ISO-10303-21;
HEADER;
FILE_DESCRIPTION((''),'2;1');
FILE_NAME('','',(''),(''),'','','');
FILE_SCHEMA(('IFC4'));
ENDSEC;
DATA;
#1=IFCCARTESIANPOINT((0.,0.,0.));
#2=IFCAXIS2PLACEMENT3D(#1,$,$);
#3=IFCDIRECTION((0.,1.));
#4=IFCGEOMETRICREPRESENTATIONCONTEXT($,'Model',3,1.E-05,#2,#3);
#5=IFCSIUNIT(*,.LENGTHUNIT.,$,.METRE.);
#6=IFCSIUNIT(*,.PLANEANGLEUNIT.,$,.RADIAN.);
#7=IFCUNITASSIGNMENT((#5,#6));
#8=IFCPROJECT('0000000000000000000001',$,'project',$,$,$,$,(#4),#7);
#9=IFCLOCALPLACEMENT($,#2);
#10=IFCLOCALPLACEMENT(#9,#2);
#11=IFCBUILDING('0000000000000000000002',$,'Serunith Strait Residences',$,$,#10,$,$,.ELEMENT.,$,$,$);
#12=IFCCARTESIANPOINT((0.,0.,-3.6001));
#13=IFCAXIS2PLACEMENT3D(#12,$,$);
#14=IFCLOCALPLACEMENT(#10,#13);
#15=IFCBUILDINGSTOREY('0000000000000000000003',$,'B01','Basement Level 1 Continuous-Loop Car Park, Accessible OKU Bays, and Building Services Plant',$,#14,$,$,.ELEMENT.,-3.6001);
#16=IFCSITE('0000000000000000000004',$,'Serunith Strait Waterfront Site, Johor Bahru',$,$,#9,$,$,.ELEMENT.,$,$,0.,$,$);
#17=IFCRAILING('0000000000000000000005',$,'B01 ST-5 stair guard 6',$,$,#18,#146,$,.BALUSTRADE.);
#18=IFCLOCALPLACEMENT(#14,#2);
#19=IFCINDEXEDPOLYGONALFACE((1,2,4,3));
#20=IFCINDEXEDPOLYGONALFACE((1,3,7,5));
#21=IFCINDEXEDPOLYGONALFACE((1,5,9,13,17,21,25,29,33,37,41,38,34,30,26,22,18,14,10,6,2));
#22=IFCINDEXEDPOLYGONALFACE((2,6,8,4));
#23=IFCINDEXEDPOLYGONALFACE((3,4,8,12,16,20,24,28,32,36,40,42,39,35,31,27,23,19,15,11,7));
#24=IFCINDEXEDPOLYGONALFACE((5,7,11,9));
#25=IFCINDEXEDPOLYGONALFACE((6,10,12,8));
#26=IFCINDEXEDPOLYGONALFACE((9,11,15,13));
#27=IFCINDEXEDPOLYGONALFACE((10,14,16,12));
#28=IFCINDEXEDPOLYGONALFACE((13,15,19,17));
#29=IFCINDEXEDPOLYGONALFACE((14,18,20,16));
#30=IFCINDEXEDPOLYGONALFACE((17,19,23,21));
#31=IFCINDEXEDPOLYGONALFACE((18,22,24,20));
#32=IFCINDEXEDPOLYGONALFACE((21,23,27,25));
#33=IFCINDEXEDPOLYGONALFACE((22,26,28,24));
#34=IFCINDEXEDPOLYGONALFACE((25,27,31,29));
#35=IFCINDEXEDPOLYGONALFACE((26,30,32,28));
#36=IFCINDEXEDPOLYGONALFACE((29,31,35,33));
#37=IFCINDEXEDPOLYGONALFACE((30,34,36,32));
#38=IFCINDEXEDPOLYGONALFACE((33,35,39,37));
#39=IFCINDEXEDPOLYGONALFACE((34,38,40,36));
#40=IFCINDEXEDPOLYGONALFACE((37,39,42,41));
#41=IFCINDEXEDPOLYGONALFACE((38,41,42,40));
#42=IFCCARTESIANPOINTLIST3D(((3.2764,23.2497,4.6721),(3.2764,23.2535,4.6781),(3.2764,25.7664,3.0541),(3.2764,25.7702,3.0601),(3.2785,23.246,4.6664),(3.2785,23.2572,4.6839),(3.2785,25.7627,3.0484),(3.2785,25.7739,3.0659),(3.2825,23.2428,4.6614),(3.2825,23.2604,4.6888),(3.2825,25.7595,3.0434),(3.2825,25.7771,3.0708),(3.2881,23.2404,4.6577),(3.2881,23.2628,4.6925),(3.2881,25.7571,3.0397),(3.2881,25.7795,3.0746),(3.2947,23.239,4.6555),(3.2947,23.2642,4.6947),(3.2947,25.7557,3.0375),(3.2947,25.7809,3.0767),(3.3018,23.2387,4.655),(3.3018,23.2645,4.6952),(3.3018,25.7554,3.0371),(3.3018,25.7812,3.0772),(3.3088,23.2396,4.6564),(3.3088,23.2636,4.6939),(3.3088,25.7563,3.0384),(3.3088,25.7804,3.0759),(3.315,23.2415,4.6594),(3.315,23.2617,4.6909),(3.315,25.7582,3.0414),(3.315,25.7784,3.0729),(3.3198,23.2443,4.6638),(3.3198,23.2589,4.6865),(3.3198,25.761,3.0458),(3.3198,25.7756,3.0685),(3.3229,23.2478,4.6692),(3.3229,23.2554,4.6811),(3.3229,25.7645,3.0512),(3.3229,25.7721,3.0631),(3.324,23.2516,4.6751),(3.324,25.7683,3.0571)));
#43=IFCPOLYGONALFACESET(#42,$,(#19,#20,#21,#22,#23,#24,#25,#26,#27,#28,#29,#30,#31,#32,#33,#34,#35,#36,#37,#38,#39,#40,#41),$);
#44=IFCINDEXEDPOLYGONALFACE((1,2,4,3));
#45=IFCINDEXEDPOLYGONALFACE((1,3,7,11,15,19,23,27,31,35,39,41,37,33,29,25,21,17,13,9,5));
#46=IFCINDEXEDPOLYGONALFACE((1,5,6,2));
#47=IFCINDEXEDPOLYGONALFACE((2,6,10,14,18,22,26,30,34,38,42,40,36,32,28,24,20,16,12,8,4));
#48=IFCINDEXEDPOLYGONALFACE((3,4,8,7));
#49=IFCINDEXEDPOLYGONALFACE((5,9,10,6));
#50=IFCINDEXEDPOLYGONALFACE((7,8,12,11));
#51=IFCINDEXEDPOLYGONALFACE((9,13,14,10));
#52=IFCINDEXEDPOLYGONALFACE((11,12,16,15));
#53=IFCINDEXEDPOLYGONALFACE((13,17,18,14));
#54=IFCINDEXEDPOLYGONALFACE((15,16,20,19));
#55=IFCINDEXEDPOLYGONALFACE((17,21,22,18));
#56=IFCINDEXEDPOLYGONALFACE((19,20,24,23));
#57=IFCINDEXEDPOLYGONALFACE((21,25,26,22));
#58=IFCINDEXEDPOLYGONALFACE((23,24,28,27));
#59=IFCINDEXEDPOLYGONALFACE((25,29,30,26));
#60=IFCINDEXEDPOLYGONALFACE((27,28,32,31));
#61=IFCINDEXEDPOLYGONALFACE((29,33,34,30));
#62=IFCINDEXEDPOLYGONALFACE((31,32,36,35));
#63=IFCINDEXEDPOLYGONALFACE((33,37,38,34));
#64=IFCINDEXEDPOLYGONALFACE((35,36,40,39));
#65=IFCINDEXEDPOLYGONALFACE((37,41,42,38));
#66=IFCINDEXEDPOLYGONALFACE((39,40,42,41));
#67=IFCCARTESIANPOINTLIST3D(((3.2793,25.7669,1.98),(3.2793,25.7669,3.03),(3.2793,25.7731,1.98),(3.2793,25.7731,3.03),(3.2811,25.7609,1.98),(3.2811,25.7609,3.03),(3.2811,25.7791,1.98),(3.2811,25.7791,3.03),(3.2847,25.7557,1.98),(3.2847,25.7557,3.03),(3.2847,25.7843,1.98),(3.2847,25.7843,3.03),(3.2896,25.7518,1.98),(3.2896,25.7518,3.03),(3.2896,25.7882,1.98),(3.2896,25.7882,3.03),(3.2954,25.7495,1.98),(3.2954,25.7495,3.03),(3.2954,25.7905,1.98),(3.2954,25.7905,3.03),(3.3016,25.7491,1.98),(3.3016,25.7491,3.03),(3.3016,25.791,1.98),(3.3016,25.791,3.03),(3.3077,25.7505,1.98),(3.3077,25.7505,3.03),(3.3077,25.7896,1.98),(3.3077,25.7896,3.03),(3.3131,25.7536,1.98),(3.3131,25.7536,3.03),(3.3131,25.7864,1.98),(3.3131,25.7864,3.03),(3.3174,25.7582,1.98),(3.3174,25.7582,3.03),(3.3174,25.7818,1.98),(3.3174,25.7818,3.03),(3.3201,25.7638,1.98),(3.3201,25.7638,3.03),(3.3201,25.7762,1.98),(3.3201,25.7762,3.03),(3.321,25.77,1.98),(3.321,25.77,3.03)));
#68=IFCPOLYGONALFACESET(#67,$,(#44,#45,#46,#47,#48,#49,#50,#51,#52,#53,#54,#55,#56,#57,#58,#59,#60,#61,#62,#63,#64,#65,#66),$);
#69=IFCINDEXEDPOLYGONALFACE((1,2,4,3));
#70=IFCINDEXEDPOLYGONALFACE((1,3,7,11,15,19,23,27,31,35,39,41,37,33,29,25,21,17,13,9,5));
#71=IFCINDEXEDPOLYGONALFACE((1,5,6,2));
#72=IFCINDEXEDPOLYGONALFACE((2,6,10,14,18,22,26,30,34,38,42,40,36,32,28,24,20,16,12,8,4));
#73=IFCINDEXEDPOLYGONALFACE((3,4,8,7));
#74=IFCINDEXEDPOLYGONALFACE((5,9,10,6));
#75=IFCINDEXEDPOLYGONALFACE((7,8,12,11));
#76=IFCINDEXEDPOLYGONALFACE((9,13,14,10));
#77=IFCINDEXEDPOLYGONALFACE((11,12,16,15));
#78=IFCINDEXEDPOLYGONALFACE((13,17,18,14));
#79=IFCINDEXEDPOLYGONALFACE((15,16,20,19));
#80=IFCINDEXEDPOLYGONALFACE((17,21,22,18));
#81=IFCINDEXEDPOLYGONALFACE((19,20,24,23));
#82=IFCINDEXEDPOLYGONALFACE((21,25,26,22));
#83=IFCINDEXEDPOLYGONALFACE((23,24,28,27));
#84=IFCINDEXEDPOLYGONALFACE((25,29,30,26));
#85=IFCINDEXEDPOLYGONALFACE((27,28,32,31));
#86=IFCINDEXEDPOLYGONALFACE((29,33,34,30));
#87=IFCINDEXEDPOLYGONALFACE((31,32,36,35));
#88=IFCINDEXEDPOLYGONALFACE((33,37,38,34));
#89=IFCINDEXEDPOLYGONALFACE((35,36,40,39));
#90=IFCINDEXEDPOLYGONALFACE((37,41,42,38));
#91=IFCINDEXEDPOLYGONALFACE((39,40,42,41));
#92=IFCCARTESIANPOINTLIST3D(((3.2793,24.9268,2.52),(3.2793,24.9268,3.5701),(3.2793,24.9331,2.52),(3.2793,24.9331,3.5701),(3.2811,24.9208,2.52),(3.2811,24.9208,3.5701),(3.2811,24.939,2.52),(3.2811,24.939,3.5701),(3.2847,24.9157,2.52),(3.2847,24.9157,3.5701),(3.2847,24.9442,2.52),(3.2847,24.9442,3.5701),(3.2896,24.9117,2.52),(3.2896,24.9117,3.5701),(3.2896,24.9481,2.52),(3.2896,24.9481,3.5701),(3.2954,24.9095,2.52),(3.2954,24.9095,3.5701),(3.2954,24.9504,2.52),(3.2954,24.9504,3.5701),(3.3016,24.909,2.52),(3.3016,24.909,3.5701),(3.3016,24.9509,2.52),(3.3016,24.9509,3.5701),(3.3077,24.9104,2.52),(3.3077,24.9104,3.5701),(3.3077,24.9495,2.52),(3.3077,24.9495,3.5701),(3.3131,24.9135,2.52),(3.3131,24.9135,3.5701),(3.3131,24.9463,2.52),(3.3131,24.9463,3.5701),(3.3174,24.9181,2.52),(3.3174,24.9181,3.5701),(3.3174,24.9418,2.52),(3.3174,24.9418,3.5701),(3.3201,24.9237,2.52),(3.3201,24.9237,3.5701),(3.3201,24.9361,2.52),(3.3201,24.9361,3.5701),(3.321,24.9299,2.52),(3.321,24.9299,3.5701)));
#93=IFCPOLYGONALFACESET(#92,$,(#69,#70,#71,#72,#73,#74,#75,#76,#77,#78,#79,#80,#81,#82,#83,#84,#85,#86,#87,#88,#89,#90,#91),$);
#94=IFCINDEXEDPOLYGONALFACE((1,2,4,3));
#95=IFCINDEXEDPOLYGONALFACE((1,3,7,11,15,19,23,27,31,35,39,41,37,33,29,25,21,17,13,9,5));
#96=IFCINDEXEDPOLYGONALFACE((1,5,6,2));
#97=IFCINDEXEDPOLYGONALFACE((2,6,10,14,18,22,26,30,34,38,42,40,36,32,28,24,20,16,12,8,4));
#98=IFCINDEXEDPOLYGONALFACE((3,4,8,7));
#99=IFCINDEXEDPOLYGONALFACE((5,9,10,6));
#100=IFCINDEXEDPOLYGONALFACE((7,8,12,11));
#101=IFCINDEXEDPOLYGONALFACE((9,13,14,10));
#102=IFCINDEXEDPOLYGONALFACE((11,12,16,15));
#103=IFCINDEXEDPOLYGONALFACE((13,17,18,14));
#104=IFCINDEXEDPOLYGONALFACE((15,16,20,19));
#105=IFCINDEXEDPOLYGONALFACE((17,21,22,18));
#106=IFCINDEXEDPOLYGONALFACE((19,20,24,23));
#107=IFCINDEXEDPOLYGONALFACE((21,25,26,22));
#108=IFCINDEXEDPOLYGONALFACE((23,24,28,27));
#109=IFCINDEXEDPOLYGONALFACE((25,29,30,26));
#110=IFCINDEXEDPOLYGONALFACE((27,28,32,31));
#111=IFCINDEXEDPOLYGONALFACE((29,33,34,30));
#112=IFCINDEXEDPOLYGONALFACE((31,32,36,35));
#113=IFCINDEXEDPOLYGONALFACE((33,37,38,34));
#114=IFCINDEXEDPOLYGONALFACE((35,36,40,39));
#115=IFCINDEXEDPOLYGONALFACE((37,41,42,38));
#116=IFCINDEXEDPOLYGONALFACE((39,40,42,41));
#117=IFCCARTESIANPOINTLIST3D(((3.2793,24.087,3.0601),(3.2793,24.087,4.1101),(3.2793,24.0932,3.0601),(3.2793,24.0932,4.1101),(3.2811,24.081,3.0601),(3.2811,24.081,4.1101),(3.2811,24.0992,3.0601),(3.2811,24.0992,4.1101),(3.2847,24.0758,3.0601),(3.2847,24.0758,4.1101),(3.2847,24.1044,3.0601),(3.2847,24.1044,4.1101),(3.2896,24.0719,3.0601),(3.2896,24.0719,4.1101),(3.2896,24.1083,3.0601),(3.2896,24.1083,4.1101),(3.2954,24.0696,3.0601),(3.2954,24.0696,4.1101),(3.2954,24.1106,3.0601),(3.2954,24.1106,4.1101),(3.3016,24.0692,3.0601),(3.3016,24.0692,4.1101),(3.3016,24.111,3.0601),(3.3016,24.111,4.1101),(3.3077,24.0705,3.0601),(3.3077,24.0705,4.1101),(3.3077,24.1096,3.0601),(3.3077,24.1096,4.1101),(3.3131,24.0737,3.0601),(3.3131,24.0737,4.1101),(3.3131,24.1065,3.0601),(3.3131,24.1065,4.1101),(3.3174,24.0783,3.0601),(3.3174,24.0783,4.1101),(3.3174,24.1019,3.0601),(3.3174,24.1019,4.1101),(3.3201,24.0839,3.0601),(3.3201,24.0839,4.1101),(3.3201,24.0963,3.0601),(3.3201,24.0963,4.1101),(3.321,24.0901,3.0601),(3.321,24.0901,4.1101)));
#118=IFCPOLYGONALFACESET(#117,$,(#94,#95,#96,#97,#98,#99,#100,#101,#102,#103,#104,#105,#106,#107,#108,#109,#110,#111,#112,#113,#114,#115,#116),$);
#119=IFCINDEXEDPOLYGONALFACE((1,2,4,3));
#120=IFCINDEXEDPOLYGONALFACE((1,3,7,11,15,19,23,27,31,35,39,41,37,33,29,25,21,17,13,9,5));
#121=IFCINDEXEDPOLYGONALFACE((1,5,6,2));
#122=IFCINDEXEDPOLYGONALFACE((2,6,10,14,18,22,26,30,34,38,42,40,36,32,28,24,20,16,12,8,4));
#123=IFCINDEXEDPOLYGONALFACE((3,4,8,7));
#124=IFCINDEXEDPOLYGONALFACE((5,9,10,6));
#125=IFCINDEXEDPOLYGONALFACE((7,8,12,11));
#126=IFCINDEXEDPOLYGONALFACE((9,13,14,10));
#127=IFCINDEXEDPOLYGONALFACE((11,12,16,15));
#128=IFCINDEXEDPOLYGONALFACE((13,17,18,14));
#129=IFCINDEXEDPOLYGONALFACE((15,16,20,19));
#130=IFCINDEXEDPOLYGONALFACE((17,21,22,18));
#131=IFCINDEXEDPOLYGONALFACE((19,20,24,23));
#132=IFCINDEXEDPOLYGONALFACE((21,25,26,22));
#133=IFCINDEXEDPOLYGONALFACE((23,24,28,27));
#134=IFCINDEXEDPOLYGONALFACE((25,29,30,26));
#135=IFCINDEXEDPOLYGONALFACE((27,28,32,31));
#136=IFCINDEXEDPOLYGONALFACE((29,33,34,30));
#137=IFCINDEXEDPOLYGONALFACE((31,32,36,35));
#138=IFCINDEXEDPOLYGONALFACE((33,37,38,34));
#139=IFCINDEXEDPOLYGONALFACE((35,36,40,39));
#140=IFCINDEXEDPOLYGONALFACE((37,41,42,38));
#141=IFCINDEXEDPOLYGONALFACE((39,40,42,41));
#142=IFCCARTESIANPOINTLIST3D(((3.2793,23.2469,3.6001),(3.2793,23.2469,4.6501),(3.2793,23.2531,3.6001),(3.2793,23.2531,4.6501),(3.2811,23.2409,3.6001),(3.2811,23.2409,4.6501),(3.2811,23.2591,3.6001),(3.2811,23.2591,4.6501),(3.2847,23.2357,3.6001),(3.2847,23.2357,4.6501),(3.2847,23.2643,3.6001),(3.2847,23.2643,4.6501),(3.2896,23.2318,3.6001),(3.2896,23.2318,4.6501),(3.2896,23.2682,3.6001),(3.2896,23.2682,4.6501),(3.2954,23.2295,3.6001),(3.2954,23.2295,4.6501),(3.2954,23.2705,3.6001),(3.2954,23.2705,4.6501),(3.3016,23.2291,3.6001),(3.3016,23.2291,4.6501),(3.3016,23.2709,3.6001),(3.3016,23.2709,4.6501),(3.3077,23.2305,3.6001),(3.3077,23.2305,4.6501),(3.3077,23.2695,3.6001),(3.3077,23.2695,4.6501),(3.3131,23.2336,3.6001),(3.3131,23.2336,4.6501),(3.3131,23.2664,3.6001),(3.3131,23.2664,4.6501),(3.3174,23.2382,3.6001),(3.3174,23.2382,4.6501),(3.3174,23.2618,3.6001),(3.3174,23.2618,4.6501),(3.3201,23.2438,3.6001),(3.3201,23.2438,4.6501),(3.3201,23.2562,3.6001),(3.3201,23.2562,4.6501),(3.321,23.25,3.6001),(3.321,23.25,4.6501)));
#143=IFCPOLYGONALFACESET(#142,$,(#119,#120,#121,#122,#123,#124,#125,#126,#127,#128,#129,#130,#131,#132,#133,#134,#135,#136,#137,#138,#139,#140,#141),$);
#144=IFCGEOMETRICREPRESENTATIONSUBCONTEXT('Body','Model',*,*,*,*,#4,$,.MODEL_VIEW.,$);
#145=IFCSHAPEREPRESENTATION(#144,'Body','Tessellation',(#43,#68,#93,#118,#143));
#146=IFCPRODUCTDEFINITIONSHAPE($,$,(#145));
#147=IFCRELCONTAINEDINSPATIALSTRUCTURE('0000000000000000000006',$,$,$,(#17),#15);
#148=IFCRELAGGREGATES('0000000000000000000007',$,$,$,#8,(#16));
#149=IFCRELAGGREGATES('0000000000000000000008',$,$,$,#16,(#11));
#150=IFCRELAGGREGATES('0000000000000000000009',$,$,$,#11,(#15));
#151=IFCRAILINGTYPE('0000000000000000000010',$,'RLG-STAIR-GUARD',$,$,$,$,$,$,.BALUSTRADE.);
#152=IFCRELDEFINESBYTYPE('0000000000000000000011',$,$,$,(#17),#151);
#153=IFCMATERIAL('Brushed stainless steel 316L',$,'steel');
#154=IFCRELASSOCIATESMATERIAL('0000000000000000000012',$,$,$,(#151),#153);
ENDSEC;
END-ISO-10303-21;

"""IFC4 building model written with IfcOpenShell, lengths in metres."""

from ifc_helpers import new_model, si_unit, direction, frame, origin, origin_2d, place, context, subcontext, project, spatial, circle, extrude, material, type_object, element, save


model = new_model("IFC4")

# Units and contexts
model_context = context("Model", 3, precision=1e-05, world=origin(), true_north=direction((0.0, 1.0)))
body_context = subcontext(model_context, "Body", "Model", "MODEL_VIEW")
ifc_project = project(units=[si_unit("LENGTHUNIT", "METRE"), si_unit("PLANEANGLEUNIT", "RADIAN")], contexts=[model_context])

# Site, building, storey
site_placement = place(None, origin())
site = spatial("IfcSite", under=ifc_project, at=site_placement, Name="Serunith Strait Waterfront Site, Johor Bahru", CompositionType="ELEMENT", RefElevation=0.0)
building_placement = place(site_placement, origin())
building = spatial("IfcBuilding", under=site, at=building_placement, Name="Serunith Strait Residences", CompositionType="ELEMENT")
storey_placement = place(building_placement, frame((0.0, 0.0, -3.6001)))
storey = spatial("IfcBuildingStorey", under=building, at=storey_placement, Name="B01", Description="Basement Level 1 Continuous-Loop Car Park, Accessible OKU Bays, and Building Services Plant", CompositionType="ELEMENT", Elevation=-3.6001)

# Railing
ifc_material_1 = material(Name="Brushed stainless steel 316L", Category="steel")
railing_type_1 = type_object("IfcRailingType", Name="RLG-STAIR-GUARD", PredefinedType="BALUSTRADE", material=ifc_material_1)
railing_1_placement = place(storey_placement, frame((3.3, 25.77, 1.98)))
element("IfcRailing", 1, at=railing_1_placement, inside=storey, type_object=railing_type_1, Name="B01 ST-5 stair guard 6", PredefinedType="BALUSTRADE", context=body_context, shape_type="SweptSolid", body=[
    extrude(circle(Radius=0.0239, at=origin_2d()), frame((0.0, -0.0017, 1.0771), z_axis=(0.0, -0.841163, 0.540782), x_axis=(1.0, 0.0, 0.0)), (0.0, 0.0, 1.0), 2.9919),
    extrude(circle(Radius=0.021, at=origin_2d()), origin(), (0.0, 0.0, 1.0), 1.05),
    extrude(circle(Radius=0.021, at=origin_2d()), frame((0.0, -0.8401, 0.54)), (0.0, 0.0, 1.0), 1.05),
    extrude(circle(Radius=0.021, at=origin_2d()), frame((0.0, -1.6799, 1.0801)), (0.0, 0.0, 1.0), 1.05),
    extrude(circle(Radius=0.021, at=origin_2d()), frame((0.0, -2.52, 1.6201)), (0.0, 0.0, 1.0), 1.05),
])

save(model, "model.ifc")
